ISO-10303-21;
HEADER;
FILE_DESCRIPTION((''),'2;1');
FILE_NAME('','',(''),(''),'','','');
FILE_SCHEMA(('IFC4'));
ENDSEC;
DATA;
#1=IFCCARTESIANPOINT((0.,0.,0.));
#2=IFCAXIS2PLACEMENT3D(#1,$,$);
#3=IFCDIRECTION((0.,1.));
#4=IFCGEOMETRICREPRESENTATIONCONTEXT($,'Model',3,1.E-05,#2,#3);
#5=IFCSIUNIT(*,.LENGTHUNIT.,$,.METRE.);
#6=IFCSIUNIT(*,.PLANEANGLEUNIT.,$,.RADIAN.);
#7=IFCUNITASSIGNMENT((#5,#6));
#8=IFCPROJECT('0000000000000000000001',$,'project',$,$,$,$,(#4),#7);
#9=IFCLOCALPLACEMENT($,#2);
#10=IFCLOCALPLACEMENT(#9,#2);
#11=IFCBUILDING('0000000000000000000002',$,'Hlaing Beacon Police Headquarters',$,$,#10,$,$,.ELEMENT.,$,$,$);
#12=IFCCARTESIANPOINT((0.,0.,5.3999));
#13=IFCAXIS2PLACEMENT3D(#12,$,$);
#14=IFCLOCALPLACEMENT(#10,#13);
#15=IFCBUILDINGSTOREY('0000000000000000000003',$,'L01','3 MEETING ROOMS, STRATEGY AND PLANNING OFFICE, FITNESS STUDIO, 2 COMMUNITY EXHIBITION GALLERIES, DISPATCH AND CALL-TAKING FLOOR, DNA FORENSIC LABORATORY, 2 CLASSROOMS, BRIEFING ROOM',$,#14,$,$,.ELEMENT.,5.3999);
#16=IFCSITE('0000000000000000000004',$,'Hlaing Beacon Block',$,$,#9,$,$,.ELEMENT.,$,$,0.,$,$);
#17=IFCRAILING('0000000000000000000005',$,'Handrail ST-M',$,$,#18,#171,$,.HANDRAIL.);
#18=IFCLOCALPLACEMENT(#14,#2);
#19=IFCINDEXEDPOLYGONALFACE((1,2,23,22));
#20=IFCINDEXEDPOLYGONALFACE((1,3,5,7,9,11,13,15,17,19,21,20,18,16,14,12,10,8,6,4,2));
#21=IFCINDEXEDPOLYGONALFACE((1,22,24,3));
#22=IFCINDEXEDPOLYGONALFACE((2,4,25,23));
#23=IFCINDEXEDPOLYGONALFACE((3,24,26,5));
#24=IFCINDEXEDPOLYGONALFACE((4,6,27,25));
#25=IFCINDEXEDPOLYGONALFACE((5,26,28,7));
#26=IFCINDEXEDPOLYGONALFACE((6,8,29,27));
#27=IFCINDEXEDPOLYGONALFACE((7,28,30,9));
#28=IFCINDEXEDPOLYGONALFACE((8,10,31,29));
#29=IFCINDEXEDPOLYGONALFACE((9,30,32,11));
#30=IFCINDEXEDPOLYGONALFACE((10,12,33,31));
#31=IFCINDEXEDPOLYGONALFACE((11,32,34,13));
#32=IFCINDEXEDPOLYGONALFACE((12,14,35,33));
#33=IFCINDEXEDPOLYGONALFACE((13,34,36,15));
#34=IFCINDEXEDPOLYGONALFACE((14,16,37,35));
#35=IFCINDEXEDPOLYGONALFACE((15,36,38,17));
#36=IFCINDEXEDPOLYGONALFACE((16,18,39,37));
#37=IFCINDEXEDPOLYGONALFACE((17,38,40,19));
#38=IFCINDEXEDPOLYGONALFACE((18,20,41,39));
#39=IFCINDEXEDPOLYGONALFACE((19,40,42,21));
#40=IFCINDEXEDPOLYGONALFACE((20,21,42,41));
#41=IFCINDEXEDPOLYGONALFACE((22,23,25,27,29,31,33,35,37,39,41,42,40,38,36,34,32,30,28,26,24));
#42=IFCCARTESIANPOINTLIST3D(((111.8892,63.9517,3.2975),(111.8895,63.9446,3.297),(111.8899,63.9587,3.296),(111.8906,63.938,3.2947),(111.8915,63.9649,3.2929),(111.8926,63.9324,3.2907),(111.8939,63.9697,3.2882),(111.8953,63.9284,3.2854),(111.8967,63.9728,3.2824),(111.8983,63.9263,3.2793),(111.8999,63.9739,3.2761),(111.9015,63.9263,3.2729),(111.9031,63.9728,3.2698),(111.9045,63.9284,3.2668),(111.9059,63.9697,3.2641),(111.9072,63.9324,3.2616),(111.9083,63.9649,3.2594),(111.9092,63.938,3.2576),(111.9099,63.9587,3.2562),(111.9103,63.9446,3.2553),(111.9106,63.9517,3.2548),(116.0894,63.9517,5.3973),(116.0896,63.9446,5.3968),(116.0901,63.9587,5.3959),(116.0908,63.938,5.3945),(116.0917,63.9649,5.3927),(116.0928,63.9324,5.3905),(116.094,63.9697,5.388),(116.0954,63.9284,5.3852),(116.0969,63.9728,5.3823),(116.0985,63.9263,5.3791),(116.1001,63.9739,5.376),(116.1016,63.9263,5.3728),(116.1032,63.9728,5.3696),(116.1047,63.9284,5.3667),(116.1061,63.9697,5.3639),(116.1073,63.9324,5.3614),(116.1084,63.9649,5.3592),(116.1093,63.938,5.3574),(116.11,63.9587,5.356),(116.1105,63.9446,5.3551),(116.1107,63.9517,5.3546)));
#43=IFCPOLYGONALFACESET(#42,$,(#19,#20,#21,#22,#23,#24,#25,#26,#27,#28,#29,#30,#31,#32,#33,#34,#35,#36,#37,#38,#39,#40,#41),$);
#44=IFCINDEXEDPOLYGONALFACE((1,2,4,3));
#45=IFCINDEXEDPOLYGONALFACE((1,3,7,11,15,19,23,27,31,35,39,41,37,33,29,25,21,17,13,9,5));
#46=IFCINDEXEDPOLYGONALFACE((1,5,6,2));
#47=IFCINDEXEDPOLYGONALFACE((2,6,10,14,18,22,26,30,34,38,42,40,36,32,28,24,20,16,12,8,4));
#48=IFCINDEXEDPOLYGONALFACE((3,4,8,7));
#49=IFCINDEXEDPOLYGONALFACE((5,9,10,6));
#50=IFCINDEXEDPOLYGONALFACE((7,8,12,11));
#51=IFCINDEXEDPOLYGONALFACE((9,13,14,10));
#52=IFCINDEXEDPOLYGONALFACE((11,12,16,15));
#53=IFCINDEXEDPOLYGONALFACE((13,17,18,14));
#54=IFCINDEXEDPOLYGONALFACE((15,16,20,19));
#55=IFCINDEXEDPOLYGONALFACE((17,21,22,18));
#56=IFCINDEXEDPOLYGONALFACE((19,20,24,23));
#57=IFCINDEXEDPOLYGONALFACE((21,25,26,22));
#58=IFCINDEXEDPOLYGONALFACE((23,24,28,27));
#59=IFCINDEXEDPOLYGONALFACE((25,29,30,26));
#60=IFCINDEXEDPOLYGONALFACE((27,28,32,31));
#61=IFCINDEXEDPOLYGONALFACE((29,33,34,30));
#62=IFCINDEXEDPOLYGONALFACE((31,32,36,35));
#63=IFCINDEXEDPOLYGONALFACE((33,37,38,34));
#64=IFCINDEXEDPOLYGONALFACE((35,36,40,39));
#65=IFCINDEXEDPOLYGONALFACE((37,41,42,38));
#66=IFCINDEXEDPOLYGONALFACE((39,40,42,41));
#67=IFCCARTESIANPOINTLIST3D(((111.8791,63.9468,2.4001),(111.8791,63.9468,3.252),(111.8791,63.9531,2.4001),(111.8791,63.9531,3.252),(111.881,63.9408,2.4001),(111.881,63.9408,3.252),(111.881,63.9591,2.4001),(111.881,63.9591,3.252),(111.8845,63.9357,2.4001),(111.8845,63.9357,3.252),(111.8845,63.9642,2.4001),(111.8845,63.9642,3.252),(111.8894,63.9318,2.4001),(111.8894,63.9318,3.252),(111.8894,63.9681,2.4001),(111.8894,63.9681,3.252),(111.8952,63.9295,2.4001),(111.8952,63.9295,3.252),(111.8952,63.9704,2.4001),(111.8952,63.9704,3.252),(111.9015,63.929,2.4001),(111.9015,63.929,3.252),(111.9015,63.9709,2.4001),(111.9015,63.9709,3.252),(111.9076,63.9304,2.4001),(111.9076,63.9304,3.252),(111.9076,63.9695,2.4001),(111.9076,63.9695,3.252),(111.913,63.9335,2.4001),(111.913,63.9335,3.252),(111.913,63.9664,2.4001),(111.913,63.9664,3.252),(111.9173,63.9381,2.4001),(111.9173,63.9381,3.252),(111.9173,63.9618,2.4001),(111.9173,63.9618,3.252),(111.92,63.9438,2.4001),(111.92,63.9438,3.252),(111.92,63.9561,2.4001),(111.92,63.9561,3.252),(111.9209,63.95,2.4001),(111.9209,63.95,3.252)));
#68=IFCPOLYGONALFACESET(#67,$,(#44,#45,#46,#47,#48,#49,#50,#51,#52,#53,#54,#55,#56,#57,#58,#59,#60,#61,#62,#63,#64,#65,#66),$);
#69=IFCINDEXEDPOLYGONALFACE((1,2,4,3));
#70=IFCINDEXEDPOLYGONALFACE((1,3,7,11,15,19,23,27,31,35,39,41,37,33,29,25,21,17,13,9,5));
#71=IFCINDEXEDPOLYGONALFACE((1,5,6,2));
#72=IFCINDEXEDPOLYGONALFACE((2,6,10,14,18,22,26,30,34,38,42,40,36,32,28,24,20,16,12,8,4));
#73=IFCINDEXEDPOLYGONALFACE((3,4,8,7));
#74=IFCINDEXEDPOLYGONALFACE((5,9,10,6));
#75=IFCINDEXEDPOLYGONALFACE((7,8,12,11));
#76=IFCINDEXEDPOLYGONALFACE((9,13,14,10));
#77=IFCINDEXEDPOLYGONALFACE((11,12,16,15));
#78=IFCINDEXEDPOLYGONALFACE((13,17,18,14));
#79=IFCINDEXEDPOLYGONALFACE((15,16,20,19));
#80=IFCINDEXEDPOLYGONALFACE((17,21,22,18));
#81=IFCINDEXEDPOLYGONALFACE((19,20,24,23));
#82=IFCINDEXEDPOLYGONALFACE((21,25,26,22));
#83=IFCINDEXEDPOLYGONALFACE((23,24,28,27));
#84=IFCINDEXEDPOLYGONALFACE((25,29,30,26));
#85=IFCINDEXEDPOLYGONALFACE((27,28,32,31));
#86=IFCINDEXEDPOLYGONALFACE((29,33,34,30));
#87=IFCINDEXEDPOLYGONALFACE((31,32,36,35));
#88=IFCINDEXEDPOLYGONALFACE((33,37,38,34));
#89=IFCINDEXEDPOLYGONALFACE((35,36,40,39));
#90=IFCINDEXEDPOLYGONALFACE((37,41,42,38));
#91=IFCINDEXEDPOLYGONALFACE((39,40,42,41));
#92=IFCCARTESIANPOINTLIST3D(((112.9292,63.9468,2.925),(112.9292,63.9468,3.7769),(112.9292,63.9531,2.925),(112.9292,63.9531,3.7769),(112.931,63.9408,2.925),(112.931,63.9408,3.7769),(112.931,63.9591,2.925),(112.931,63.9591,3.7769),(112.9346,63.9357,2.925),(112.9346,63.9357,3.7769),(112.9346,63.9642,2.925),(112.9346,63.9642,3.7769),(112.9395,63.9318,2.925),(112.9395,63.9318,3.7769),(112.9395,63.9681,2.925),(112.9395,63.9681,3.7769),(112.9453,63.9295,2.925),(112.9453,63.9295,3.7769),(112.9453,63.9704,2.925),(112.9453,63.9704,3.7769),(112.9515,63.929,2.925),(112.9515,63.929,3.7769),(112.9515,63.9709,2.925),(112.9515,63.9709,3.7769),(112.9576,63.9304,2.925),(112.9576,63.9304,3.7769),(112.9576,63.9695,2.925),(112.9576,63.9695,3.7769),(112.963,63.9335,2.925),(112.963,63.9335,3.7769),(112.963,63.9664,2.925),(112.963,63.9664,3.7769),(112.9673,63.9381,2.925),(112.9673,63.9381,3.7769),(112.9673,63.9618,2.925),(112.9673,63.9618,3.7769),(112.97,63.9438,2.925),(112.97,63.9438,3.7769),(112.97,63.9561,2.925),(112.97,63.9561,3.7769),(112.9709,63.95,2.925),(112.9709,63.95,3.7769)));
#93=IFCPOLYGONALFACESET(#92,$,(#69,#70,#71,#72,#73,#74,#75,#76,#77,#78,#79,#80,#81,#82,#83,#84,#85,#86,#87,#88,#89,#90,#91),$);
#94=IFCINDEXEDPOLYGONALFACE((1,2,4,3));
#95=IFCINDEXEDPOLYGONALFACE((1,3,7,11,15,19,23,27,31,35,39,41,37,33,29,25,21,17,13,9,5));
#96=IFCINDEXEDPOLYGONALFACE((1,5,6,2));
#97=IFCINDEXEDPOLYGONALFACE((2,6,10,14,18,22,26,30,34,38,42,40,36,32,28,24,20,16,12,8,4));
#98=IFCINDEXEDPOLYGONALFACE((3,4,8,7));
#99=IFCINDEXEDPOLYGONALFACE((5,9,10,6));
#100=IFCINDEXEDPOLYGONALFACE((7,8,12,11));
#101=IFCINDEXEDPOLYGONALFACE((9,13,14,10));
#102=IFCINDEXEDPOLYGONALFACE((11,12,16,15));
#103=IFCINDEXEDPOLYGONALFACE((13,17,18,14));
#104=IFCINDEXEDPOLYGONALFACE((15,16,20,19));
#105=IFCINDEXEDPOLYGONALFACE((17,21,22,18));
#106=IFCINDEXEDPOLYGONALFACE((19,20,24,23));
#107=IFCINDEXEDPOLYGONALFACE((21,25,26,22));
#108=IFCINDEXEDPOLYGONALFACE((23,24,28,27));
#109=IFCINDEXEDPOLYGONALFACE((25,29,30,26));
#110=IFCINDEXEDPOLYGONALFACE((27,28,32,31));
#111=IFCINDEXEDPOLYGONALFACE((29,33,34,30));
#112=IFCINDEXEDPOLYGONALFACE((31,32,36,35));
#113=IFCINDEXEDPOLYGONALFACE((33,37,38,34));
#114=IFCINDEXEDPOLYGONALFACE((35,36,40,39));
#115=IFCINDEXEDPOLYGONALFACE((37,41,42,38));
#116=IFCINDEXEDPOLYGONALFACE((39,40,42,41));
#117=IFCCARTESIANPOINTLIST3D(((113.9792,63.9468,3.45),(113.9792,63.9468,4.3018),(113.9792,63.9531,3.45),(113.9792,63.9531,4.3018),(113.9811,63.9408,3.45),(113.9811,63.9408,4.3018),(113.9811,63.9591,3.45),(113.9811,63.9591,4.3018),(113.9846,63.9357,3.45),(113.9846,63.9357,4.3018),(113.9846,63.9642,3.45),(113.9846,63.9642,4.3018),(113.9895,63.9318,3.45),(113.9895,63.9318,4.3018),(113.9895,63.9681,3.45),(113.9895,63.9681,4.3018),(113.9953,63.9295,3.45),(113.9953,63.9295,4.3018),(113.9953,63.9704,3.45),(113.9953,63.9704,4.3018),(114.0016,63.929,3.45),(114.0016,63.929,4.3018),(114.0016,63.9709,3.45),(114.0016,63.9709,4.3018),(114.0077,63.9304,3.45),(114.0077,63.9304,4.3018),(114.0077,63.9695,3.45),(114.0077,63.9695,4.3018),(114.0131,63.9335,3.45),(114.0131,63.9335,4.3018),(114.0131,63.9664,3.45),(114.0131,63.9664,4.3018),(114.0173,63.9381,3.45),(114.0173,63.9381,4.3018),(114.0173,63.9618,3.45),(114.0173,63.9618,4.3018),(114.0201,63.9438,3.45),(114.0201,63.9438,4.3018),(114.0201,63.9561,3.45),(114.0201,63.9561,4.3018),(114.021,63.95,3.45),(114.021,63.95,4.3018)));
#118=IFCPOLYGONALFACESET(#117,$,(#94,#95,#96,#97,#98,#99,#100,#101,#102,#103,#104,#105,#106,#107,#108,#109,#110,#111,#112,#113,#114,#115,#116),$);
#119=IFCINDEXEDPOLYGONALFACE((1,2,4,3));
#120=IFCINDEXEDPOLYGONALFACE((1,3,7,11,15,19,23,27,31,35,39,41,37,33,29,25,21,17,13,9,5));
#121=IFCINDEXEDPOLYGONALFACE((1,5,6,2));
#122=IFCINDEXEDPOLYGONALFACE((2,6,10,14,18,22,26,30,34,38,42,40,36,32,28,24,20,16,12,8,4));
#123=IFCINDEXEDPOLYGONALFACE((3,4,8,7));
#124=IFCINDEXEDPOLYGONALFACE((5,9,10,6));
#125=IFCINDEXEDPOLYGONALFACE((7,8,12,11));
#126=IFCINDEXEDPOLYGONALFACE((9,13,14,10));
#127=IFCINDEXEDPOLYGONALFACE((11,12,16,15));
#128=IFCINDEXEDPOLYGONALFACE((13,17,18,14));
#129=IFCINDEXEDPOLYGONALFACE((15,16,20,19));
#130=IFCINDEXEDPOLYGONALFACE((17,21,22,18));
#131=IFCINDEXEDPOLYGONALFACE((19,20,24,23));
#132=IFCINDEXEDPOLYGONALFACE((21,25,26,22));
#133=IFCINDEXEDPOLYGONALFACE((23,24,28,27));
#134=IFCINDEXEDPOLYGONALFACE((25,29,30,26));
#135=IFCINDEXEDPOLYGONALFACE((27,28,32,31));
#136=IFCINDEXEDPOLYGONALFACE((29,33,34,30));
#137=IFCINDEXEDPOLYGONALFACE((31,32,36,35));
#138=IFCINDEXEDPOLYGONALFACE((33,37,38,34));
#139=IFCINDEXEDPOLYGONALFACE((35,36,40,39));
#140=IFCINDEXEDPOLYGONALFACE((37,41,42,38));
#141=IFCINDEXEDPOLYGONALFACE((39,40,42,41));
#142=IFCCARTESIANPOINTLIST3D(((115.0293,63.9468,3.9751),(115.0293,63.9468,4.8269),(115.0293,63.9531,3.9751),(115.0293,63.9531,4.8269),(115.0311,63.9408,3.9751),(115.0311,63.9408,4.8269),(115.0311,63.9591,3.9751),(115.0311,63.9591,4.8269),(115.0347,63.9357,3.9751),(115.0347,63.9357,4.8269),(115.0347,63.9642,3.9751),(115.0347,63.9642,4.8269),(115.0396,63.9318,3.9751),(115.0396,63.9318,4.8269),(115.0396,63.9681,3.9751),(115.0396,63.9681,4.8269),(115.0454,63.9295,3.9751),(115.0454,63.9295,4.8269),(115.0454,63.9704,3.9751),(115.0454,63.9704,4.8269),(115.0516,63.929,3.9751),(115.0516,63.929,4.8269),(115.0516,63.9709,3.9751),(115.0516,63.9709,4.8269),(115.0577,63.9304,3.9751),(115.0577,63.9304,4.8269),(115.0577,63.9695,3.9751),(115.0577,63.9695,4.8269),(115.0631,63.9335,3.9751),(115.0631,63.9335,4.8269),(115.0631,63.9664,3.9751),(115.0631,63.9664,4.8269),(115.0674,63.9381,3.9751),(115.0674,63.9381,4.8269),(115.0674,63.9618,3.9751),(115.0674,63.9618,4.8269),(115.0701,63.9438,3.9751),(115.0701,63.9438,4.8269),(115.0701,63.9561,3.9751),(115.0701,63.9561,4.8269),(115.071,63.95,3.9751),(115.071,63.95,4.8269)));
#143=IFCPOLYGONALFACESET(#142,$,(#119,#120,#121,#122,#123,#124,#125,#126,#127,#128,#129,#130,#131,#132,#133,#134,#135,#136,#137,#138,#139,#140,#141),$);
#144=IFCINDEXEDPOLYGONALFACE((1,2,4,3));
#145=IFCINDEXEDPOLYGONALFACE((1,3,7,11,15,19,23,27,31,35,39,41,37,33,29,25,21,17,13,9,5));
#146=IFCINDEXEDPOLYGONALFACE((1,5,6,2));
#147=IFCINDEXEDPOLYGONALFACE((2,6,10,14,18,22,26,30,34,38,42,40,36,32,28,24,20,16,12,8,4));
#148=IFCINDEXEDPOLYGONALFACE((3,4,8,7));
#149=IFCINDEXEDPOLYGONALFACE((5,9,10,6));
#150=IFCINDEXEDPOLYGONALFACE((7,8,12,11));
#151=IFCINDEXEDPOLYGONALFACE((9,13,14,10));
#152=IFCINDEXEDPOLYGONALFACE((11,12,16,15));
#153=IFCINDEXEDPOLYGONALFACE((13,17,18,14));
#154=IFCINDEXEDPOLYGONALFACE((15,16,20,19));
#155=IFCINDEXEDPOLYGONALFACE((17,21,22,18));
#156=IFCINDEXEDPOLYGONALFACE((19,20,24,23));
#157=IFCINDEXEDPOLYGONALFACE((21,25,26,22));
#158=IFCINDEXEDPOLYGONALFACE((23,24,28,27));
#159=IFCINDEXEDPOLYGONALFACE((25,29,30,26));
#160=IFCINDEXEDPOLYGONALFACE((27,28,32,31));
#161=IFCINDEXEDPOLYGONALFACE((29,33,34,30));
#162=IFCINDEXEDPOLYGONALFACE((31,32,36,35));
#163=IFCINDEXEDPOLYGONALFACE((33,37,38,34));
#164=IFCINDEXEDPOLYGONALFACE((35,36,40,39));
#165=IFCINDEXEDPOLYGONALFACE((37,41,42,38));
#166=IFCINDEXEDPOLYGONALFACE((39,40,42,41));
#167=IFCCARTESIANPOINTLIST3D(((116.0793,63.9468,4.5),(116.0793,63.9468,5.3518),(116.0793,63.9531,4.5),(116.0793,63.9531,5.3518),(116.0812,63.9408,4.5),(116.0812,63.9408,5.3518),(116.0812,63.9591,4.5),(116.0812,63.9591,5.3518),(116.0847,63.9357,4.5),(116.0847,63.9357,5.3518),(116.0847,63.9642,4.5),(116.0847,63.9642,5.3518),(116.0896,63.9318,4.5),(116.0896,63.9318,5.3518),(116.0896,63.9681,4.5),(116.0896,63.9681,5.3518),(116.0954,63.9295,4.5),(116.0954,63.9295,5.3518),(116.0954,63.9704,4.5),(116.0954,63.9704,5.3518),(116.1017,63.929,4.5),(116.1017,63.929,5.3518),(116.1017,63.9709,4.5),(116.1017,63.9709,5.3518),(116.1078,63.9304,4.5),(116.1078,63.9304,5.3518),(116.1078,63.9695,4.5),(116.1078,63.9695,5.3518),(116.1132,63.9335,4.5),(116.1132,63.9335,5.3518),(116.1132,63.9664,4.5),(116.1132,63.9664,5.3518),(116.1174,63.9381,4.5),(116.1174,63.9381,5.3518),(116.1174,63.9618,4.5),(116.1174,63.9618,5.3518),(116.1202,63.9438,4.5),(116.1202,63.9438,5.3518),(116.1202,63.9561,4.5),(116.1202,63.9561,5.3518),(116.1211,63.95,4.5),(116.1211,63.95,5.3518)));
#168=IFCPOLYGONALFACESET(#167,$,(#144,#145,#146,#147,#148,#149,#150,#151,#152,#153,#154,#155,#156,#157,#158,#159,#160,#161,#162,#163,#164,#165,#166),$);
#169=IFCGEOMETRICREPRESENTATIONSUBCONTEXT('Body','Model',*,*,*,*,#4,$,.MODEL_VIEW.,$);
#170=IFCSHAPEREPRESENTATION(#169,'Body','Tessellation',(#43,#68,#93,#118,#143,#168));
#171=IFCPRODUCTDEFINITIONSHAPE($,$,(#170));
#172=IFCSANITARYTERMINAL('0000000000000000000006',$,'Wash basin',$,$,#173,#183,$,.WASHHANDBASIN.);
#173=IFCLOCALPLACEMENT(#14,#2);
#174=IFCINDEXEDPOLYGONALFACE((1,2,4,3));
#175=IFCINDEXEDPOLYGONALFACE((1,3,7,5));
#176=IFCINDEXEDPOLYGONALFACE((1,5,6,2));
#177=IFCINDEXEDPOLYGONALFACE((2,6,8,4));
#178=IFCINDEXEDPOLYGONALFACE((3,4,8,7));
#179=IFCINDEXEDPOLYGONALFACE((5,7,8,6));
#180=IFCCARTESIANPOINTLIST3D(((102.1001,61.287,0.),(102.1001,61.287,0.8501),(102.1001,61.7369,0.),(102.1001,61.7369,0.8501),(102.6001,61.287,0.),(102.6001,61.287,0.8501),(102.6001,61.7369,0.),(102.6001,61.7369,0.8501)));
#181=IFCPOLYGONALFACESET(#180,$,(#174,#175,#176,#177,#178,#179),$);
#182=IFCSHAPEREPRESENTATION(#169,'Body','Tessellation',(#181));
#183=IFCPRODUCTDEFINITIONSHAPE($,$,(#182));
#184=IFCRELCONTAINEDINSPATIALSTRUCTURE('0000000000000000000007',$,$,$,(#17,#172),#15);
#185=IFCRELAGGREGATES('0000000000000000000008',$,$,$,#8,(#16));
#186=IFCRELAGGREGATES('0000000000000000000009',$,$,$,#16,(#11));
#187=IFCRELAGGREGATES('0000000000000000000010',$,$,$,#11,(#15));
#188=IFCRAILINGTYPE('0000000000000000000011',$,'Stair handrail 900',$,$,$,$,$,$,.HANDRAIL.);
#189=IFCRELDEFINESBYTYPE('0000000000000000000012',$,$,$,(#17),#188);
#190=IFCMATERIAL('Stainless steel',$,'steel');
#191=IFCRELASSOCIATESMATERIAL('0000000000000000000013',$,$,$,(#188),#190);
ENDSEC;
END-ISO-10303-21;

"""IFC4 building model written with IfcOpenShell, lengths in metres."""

from ifc_helpers import new_model, si_unit, direction, frame, origin, origin_2d, place, context, subcontext, project, spatial, rectangle, circle, extrude, material, type_object, element, save


model = new_model("IFC4")

# Units and contexts
model_context = context("Model", 3, precision=1e-05, world=origin(), true_north=direction((0.0, 1.0)))
body_context = subcontext(model_context, "Body", "Model", "MODEL_VIEW")
ifc_project = project(units=[si_unit("LENGTHUNIT", "METRE"), si_unit("PLANEANGLEUNIT", "RADIAN")], contexts=[model_context])

# Site, building, storey
site_placement = place(None, origin())
site = spatial("IfcSite", under=ifc_project, at=site_placement, Name="Hlaing Beacon Block", CompositionType="ELEMENT", RefElevation=0.0)
building_placement = place(site_placement, origin())
building = spatial("IfcBuilding", under=site, at=building_placement, Name="Hlaing Beacon Police Headquarters", CompositionType="ELEMENT")
storey_placement = place(building_placement, frame((0.0, 0.0, 5.3999)))
storey = spatial("IfcBuildingStorey", under=building, at=storey_placement, Name="L01", Description="3 MEETING ROOMS, STRATEGY AND PLANNING OFFICE, FITNESS STUDIO, 2 COMMUNITY EXHIBITION GALLERIES, DISPATCH AND CALL-TAKING FLOOR, DNA FORENSIC LABORATORY, 2 CLASSROOMS, BRIEFING ROOM", CompositionType="ELEMENT", Elevation=5.3999)

# Railing
ifc_material_1 = material(Name="Stainless steel", Category="steel")
railing_type = type_object("IfcRailingType", Name="Stair handrail 900", PredefinedType="HANDRAIL", material=ifc_material_1)
for number, where, name in (
    (1, (111.8999, 63.95, 2.4001), "Handrail ST-M"),
):
    element("IfcRailing", number, at=place(storey_placement, frame(where)), inside=storey, type_object=railing_type, Name=name, PredefinedType="HANDRAIL", context=body_context, shape_type="SweptSolid", body=[
        extrude(circle(Radius=0.0239, at=origin_2d()), frame((0.0, 0.0, 0.876), z_axis=(0.894448, 0.0, 0.447172), x_axis=(0.0, 1.0, 0.0)), (0.0, 0.0, 1.0), 4.6958),
        extrude(circle(Radius=0.021, at=origin_2d()), origin(), (0.0, 0.0, 1.0), 0.8518),
        extrude(circle(Radius=0.021, at=origin_2d()), frame((1.05, 0.0, 0.5249)), (0.0, 0.0, 1.0), 0.8518),
        extrude(circle(Radius=0.021, at=origin_2d()), frame((2.1001, 0.0, 1.0498)), (0.0, 0.0, 1.0), 0.8518),
        extrude(circle(Radius=0.021, at=origin_2d()), frame((3.1501, 0.0, 1.575)), (0.0, 0.0, 1.0), 0.8518),
        extrude(circle(Radius=0.021, at=origin_2d()), frame((4.2002, 0.0, 2.0999)), (0.0, 0.0, 1.0), 0.8518),
    ])

# Sanitary terminal
sanitary_terminal_placement = place(storey_placement, frame((102.3501, 61.512, 0.0), z_axis=(0.0, 0.0, 1.0), x_axis=(1.0, 0.0, 0.0)))
element("IfcSanitaryTerminal", 2, at=sanitary_terminal_placement, inside=storey, Name="Wash basin", PredefinedType="WASHHANDBASIN", context=body_context, shape_type="SweptSolid", body=[
    extrude(rectangle(XDim=0.5, YDim=0.45, at=origin_2d()), origin(), (0.0, 0.0, 1.0), 0.8501),
])

save(model, "model.ifc")
